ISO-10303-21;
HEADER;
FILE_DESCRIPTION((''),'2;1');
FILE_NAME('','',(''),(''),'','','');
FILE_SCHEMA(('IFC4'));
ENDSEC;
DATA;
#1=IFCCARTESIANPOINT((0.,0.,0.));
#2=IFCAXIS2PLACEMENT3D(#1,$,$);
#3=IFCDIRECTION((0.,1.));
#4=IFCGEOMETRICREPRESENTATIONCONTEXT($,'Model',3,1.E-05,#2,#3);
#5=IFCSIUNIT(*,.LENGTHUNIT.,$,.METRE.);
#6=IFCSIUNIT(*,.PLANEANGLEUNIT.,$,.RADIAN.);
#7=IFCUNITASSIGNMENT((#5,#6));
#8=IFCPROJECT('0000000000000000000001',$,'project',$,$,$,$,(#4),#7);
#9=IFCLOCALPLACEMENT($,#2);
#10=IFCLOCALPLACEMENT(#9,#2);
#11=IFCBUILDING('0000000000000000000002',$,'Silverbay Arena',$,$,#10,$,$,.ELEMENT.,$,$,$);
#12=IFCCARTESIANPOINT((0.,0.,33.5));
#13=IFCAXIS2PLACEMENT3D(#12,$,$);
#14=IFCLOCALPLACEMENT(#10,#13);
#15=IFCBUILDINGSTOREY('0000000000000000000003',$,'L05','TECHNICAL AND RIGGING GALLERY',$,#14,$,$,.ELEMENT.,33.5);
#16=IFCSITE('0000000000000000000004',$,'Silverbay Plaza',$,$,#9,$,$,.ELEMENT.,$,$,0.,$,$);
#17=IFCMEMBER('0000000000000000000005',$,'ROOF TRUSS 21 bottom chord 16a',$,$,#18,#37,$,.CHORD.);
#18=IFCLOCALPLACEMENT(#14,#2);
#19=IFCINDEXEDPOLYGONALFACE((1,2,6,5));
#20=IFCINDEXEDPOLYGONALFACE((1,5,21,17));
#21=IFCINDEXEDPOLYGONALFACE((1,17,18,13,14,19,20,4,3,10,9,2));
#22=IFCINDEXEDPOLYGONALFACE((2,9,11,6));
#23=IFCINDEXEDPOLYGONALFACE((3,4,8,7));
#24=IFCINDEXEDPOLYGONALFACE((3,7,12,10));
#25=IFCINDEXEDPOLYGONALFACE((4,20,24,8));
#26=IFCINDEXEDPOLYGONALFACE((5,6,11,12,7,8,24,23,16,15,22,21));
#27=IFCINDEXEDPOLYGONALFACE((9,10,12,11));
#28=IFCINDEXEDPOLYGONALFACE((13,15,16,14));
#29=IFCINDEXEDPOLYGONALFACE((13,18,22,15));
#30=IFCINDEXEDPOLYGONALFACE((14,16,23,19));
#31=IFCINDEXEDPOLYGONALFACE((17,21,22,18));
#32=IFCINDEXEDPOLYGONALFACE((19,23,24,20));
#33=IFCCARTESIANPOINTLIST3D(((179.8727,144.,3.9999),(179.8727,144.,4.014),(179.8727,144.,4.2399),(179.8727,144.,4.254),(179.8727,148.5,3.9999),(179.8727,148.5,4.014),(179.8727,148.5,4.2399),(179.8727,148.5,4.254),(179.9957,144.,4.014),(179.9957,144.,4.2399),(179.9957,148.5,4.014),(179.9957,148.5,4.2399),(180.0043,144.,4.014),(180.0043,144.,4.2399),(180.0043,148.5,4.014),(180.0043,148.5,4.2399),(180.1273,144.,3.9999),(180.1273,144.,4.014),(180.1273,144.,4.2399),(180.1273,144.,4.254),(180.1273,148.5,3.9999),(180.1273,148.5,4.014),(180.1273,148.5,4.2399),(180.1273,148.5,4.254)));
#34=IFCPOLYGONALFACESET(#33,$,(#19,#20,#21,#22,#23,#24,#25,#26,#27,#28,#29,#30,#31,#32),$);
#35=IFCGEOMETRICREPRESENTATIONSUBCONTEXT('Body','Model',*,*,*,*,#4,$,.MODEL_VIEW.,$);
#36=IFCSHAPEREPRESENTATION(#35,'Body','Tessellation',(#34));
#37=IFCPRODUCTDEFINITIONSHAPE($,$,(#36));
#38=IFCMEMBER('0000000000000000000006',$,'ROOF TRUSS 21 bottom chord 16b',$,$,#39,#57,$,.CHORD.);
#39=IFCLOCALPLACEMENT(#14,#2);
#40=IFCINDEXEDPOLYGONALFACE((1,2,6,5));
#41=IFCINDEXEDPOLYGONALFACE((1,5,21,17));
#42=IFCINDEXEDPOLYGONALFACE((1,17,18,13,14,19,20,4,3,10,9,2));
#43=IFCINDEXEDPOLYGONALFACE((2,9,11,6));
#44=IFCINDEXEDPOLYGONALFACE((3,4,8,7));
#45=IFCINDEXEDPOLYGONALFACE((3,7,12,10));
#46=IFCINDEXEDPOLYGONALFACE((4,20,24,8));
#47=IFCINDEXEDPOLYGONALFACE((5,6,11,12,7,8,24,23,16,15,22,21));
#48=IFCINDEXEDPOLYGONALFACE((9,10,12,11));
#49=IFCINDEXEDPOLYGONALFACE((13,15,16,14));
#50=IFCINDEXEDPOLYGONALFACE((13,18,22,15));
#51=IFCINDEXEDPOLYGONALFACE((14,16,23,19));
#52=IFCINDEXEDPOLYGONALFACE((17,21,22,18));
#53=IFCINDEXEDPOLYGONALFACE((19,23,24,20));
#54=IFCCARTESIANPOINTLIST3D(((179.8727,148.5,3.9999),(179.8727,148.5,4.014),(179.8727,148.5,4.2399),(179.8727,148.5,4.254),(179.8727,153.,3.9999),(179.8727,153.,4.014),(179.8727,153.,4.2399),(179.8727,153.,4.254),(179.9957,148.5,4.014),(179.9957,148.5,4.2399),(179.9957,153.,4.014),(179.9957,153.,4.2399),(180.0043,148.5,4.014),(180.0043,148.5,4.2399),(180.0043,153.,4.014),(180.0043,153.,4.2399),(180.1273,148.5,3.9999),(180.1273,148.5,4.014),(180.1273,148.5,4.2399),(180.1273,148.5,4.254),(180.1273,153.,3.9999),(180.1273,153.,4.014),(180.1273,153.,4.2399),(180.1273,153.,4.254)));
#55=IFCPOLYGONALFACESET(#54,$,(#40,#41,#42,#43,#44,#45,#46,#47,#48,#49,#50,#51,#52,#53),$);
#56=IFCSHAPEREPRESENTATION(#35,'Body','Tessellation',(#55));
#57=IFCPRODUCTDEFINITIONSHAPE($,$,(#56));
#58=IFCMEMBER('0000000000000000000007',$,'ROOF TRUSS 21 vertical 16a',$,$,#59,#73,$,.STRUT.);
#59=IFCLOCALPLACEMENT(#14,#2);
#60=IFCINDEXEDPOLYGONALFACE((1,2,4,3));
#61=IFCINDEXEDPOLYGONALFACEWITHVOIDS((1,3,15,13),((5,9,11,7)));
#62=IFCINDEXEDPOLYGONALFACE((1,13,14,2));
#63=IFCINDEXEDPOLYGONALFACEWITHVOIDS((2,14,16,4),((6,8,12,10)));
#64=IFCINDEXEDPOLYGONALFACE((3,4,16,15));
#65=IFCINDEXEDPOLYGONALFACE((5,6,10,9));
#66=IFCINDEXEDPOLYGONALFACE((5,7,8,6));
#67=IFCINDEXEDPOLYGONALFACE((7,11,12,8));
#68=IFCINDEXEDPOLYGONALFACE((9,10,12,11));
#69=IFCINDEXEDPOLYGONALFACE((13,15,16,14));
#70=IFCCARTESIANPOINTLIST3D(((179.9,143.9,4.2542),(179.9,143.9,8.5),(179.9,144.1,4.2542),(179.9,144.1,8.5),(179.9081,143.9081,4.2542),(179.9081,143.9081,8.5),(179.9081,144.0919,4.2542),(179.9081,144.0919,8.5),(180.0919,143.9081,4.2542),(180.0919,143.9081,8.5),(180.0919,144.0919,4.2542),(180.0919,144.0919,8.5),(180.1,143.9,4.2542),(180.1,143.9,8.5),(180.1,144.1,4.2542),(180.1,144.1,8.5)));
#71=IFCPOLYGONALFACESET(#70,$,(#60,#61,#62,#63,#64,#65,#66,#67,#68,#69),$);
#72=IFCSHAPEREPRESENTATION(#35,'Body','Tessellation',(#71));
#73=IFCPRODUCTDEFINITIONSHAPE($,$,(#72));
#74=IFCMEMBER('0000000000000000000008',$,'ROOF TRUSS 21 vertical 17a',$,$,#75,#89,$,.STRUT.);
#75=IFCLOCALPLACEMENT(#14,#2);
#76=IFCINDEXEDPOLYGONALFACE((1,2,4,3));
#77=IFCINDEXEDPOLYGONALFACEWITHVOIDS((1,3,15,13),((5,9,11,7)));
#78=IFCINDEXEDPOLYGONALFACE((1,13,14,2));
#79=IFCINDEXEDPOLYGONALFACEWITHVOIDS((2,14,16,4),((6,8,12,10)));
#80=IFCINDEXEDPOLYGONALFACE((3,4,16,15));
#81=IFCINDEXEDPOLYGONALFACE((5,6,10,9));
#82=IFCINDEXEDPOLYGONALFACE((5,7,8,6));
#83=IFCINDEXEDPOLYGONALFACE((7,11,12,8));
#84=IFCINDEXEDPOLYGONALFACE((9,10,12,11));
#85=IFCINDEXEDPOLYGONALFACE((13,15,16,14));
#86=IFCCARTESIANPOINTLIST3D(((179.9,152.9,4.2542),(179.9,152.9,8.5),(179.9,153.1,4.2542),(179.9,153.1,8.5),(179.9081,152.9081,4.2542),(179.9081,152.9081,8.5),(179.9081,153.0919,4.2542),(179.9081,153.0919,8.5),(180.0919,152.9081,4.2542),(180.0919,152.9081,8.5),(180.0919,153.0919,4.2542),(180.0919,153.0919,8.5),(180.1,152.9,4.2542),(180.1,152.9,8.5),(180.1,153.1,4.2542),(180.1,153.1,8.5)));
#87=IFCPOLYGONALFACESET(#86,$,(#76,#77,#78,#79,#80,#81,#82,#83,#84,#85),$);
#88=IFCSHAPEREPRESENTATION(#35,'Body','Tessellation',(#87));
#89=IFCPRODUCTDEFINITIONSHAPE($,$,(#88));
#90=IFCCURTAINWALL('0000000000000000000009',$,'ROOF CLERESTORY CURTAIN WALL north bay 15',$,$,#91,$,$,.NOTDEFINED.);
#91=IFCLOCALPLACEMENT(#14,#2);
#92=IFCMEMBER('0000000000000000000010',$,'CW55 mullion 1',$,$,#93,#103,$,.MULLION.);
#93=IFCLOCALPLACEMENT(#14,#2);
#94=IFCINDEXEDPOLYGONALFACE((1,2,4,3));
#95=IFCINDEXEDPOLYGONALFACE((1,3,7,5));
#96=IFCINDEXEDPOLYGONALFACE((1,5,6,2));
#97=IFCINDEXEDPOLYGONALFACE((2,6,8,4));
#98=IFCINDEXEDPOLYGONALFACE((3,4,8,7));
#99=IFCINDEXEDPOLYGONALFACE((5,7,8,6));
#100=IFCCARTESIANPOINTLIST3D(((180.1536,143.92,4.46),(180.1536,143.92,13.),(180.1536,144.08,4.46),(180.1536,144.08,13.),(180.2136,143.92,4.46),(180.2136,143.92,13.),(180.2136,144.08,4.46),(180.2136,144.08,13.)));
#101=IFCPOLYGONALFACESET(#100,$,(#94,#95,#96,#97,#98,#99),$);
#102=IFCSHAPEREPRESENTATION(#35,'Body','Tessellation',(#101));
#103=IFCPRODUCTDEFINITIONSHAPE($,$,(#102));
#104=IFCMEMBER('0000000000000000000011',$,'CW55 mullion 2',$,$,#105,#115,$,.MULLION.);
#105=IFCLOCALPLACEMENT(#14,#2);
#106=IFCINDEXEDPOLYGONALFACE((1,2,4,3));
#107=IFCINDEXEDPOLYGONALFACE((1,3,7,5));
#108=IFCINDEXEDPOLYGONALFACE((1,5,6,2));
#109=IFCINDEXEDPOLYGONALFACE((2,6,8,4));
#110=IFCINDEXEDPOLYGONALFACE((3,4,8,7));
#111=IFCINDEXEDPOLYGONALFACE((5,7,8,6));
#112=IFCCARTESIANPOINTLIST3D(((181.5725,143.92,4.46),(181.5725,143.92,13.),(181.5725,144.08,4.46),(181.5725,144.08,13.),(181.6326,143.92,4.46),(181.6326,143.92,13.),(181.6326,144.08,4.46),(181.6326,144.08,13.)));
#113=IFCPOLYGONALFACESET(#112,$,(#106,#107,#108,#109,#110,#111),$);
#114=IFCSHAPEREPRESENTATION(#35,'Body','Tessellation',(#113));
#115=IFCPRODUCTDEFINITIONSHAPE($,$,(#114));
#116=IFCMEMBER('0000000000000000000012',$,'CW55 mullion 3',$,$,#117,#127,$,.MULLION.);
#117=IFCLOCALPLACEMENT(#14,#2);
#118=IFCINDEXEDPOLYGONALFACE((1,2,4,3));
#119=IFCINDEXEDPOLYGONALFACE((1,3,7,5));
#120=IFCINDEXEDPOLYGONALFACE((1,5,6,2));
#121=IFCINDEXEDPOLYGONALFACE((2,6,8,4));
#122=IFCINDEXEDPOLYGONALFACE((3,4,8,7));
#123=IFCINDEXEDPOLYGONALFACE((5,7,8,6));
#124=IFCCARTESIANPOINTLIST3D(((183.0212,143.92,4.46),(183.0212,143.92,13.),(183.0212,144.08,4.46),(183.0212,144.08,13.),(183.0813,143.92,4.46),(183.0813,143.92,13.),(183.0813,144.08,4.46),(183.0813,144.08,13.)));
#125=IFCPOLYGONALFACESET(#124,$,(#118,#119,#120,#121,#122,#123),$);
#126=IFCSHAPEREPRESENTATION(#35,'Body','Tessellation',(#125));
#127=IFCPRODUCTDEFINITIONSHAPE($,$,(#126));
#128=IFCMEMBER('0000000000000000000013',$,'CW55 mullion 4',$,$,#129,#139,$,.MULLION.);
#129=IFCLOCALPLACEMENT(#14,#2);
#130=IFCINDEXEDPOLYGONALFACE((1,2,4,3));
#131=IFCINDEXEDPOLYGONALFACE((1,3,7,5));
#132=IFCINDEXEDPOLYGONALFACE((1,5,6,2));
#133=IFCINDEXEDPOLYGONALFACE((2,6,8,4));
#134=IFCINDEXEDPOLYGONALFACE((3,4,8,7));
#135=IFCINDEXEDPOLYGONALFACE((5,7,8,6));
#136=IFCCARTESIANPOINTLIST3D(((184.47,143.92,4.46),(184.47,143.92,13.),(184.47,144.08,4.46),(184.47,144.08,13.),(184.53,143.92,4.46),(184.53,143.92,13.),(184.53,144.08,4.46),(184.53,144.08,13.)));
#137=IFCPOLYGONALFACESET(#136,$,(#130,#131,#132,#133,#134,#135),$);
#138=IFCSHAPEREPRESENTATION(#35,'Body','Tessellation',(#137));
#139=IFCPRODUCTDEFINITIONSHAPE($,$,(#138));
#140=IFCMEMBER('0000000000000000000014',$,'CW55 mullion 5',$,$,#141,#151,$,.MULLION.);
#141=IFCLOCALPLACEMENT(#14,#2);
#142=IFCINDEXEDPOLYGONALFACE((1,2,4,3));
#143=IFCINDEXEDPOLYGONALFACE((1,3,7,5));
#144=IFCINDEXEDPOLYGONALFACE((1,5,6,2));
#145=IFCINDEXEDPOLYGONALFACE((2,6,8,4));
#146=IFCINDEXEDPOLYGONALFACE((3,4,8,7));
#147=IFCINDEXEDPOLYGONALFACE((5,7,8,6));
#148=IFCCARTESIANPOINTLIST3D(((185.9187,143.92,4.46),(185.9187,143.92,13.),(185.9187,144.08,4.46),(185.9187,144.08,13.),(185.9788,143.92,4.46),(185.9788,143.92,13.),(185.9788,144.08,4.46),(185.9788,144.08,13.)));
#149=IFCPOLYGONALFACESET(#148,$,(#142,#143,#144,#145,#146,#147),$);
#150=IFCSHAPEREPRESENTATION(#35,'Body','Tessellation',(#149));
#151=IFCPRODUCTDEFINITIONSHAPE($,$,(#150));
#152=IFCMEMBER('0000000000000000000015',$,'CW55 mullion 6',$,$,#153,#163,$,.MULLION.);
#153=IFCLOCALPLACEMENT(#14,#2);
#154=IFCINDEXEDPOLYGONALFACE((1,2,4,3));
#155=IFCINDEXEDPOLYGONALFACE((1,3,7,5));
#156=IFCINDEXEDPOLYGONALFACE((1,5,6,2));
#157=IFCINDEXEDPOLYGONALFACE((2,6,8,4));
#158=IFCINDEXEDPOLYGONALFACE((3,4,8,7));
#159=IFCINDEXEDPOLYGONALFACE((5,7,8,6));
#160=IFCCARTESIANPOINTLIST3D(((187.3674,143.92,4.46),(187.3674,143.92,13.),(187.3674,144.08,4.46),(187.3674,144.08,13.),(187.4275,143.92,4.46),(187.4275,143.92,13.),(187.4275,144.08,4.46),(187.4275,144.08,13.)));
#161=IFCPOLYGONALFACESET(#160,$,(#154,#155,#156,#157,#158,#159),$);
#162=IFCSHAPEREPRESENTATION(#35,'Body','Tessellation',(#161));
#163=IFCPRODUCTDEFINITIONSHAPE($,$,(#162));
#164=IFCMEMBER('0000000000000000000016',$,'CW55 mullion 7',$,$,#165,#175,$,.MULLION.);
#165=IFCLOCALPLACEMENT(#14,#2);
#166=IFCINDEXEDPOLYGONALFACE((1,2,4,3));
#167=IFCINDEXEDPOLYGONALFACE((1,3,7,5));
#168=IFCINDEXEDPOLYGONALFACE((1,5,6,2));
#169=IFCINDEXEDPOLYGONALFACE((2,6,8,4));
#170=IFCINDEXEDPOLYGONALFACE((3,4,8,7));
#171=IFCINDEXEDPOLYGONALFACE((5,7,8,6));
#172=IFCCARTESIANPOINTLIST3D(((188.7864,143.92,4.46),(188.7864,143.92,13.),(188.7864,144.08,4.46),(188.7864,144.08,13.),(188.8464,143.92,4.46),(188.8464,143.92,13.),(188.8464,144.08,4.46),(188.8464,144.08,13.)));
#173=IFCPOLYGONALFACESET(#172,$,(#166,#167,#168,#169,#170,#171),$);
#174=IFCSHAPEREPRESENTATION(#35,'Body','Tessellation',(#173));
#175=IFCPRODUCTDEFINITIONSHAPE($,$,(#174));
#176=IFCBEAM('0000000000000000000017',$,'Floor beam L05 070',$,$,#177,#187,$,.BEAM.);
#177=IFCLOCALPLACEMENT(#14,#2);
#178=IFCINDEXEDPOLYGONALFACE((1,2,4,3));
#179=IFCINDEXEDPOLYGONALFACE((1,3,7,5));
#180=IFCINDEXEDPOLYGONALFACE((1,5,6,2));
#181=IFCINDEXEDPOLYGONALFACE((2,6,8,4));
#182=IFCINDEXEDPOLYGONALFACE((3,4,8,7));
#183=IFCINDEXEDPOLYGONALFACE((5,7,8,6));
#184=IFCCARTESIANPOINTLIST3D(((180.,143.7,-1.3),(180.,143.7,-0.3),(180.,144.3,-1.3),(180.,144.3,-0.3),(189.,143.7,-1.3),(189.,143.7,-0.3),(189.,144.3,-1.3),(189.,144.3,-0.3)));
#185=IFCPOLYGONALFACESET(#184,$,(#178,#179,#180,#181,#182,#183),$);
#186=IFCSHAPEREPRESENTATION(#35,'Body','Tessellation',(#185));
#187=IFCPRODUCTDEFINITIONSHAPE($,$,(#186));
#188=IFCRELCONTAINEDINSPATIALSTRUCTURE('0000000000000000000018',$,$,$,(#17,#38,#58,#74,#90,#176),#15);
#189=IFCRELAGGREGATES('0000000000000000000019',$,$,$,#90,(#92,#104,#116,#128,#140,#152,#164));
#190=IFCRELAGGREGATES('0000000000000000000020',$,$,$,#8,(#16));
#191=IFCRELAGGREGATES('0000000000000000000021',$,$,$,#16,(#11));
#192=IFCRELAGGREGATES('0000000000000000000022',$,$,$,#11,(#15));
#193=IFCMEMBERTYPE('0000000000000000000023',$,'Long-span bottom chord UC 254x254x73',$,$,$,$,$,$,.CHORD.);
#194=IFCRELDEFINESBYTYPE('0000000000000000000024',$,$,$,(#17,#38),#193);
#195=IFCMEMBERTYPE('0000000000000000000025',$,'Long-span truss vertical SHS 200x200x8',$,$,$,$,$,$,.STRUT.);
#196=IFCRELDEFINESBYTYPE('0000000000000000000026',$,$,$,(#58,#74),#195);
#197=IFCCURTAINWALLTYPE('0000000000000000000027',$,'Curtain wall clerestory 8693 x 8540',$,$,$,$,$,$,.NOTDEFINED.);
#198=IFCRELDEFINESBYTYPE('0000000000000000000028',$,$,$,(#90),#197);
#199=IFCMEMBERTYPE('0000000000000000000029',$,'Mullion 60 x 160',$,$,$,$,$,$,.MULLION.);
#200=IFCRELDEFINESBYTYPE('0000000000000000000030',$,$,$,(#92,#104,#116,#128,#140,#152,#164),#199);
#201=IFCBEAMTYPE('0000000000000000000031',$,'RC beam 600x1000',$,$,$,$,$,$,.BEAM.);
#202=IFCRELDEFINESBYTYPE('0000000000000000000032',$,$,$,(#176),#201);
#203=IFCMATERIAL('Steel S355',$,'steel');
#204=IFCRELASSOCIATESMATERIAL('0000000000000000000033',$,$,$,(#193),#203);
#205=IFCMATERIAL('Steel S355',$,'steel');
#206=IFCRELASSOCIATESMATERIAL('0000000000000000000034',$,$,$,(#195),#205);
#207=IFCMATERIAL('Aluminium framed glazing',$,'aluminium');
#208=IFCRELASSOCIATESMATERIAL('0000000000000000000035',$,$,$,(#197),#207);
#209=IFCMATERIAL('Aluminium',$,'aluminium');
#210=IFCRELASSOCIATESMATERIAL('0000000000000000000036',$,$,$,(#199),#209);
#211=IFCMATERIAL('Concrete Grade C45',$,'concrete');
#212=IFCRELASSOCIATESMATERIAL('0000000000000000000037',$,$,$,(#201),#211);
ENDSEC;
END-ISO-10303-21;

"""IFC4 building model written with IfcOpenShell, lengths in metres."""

from ifc_helpers import new_model, si_unit, direction, frame, origin, origin_2d, place, context, subcontext, project, spatial, rectangle, hollow_rectangle, i_section, extrude, material, material_profile, profile_set, type_object, element, aggregate, save


model = new_model("IFC4")

# Units and contexts
model_context = context("Model", 3, precision=1e-05, world=origin(), true_north=direction((0.0, 1.0)))
body_context = subcontext(model_context, "Body", "Model", "MODEL_VIEW")
ifc_project = project(units=[si_unit("LENGTHUNIT", "METRE"), si_unit("PLANEANGLEUNIT", "RADIAN")], contexts=[model_context])

# Site, building, storey
site_placement = place(None, origin())
site = spatial("IfcSite", under=ifc_project, at=site_placement, Name="Silverbay Plaza", CompositionType="ELEMENT", RefElevation=0.0)
building_placement = place(site_placement, origin())
building = spatial("IfcBuilding", under=site, at=building_placement, Name="Silverbay Arena", CompositionType="ELEMENT")
storey_placement = place(building_placement, frame((0.0, 0.0, 33.5)))
storey = spatial("IfcBuildingStorey", under=building, at=storey_placement, Name="L05", Description="TECHNICAL AND RIGGING GALLERY", CompositionType="ELEMENT", Elevation=33.5)

# Members
ifc_material_1 = material(Name="Steel S355", Category="steel")
ifc_material_profile_1 = material_profile(ifc_material_1, i_section(OverallWidth=0.2546, OverallDepth=0.2542, WebThickness=0.0085, FlangeThickness=0.0142, at=origin_2d()), Name="UC 254x254x73")
ifc_profile_set_1 = profile_set([ifc_material_profile_1], Name="Steel S355")
member_type_1 = type_object("IfcMemberType", Name="Long-span bottom chord UC 254x254x73", PredefinedType="CHORD", material=ifc_profile_set_1)
for number, where, z_axis, x_axis, name in (
    (1, (180.0, 144.0, 4.127), (0.0, 1.0, 0.0), (-1.0, 0.0, 0.0), "ROOF TRUSS 21 bottom chord 16a"),
    (2, (180.0, 148.5, 4.127), (0.0, 1.0, 0.0), (-1.0, 0.0, 0.0), "ROOF TRUSS 21 bottom chord 16b"),
):
    element("IfcMember", number, at=place(storey_placement, frame(where, z_axis=z_axis, x_axis=x_axis)), inside=storey, type_object=member_type_1, Name=name, PredefinedType="CHORD", context=body_context, shape_type="SweptSolid", body=[
        extrude(i_section(OverallWidth=0.2546, OverallDepth=0.2542, WebThickness=0.0085, FlangeThickness=0.0142, at=origin_2d()), origin(), (0.0, 0.0, 1.0), 4.5),
    ])
ifc_material_2 = material(Name="Steel S355", Category="steel")
ifc_material_profile_2 = material_profile(ifc_material_2, hollow_rectangle(XDim=0.2, YDim=0.2, WallThickness=0.0081, at=origin_2d()), Name="SHS 200x200x8")
ifc_profile_set_2 = profile_set([ifc_material_profile_2], Name="Steel S355")
member_type_2 = type_object("IfcMemberType", Name="Long-span truss vertical SHS 200x200x8", PredefinedType="STRUT", material=ifc_profile_set_2)
for number, where, z_axis, x_axis, name in (
    (3, (180.0, 144.0, 4.2542), (0.0, 0.0, 1.0), (1.0, 0.0, 0.0), "ROOF TRUSS 21 vertical 16a"),
    (4, (180.0, 153.0, 4.2542), (0.0, 0.0, 1.0), (1.0, 0.0, 0.0), "ROOF TRUSS 21 vertical 17a"),
):
    element("IfcMember", number, at=place(storey_placement, frame(where, z_axis=z_axis, x_axis=x_axis)), inside=storey, type_object=member_type_2, Name=name, PredefinedType="STRUT", context=body_context, shape_type="SweptSolid", body=[
        extrude(hollow_rectangle(XDim=0.2, YDim=0.2, WallThickness=0.0081, at=origin_2d()), origin(), (0.0, 0.0, 1.0), 4.2458),
    ])

# Curtain wall, members
ifc_material_3 = material(Name="Aluminium framed glazing", Category="aluminium")
curtain_wall_type = type_object("IfcCurtainWallType", Name="Curtain wall clerestory 8693 x 8540", PredefinedType="NOTDEFINED", material=ifc_material_3)
curtain_wall_placement = place(storey_placement, origin())
curtain_wall = element("IfcCurtainWall", 5, at=curtain_wall_placement, inside=storey, type_object=curtain_wall_type, Name="ROOF CLERESTORY CURTAIN WALL north bay 15", PredefinedType="NOTDEFINED")
ifc_material_4 = material(Name="Aluminium", Category="aluminium")
ifc_material_profile_3 = material_profile(ifc_material_4, rectangle(XDim=0.1599, YDim=0.0601, at=origin_2d()), Name="Mullion 60 x 160")
ifc_profile_set_3 = profile_set([ifc_material_profile_3], Name="Aluminium")
member_type_3 = type_object("IfcMemberType", Name="Mullion 60 x 160", PredefinedType="MULLION", material=ifc_profile_set_3)
member_1_placement = place(storey_placement, frame((180.1836, 144.0, 4.46), z_axis=(0.0, 0.0, 1.0), x_axis=(0.0, 1.0, 0.0)))
member_1 = element("IfcMember", 6, at=member_1_placement, type_object=member_type_3, Name="CW55 mullion 1", PredefinedType="MULLION", context=body_context, shape_type="SweptSolid", body=[
    extrude(rectangle(XDim=0.1599, YDim=0.0601, at=origin_2d()), origin(), (0.0, 0.0, 1.0), 8.54),
])
member_2_placement = place(storey_placement, frame((181.6025, 144.0, 4.46), z_axis=(0.0, 0.0, 1.0), x_axis=(0.0, 1.0, 0.0)))
member_2 = element("IfcMember", 7, at=member_2_placement, type_object=member_type_3, Name="CW55 mullion 2", PredefinedType="MULLION", context=body_context, shape_type="SweptSolid", body=[
    extrude(rectangle(XDim=0.1599, YDim=0.0601, at=origin_2d()), origin(), (0.0, 0.0, 1.0), 8.54),
])
member_3_placement = place(storey_placement, frame((183.0513, 144.0, 4.46), z_axis=(0.0, 0.0, 1.0), x_axis=(0.0, 1.0, 0.0)))
member_3 = element("IfcMember", 8, at=member_3_placement, type_object=member_type_3, Name="CW55 mullion 3", PredefinedType="MULLION", context=body_context, shape_type="SweptSolid", body=[
    extrude(rectangle(XDim=0.1599, YDim=0.0601, at=origin_2d()), origin(), (0.0, 0.0, 1.0), 8.54),
])
member_4_placement = place(storey_placement, frame((184.5, 144.0, 4.46), z_axis=(0.0, 0.0, 1.0), x_axis=(0.0, 1.0, 0.0)))
member_4 = element("IfcMember", 9, at=member_4_placement, type_object=member_type_3, Name="CW55 mullion 4", PredefinedType="MULLION", context=body_context, shape_type="SweptSolid", body=[
    extrude(rectangle(XDim=0.1599, YDim=0.0601, at=origin_2d()), origin(), (0.0, 0.0, 1.0), 8.54),
])
member_5_placement = place(storey_placement, frame((185.9487, 144.0, 4.46), z_axis=(0.0, 0.0, 1.0), x_axis=(0.0, 1.0, 0.0)))
member_5 = element("IfcMember", 10, at=member_5_placement, type_object=member_type_3, Name="CW55 mullion 5", PredefinedType="MULLION", context=body_context, shape_type="SweptSolid", body=[
    extrude(rectangle(XDim=0.1599, YDim=0.0601, at=origin_2d()), origin(), (0.0, 0.0, 1.0), 8.54),
])
member_6_placement = place(storey_placement, frame((187.3975, 144.0, 4.46), z_axis=(0.0, 0.0, 1.0), x_axis=(0.0, 1.0, 0.0)))
member_6 = element("IfcMember", 11, at=member_6_placement, type_object=member_type_3, Name="CW55 mullion 6", PredefinedType="MULLION", context=body_context, shape_type="SweptSolid", body=[
    extrude(rectangle(XDim=0.1599, YDim=0.0601, at=origin_2d()), origin(), (0.0, 0.0, 1.0), 8.54),
])
member_7_placement = place(storey_placement, frame((188.8164, 144.0, 4.46), z_axis=(0.0, 0.0, 1.0), x_axis=(0.0, 1.0, 0.0)))
member_7 = element("IfcMember", 12, at=member_7_placement, type_object=member_type_3, Name="CW55 mullion 7", PredefinedType="MULLION", context=body_context, shape_type="SweptSolid", body=[
    extrude(rectangle(XDim=0.1599, YDim=0.0601, at=origin_2d()), origin(), (0.0, 0.0, 1.0), 8.54),
])

# Beam
ifc_material_5 = material(Name="Concrete Grade C45", Category="concrete")
ifc_material_profile_4 = material_profile(ifc_material_5, rectangle(XDim=0.6001, YDim=1.0, at=origin_2d()), Name="RC 600x1000")
ifc_profile_set_4 = profile_set([ifc_material_profile_4], Name="Concrete Grade C45")
beam_type_1 = type_object("IfcBeamType", Name="RC beam 600x1000", PredefinedType="BEAM", material=ifc_profile_set_4)
beam_1_placement = place(storey_placement, frame((180.0, 144.0, -0.8), z_axis=(1.0, 0.0, 0.0), x_axis=(0.0, 1.0, 0.0)))
element("IfcBeam", 13, at=beam_1_placement, inside=storey, type_object=beam_type_1, Name="Floor beam L05 070", PredefinedType="BEAM", context=body_context, shape_type="SweptSolid", body=[
    extrude(rectangle(XDim=0.6001, YDim=1.0, at=origin_2d()), origin(), (0.0, 0.0, 1.0), 9.0),
])

aggregate(curtain_wall, [member_1, member_2, member_3, member_4, member_5, member_6, member_7])

save(model, "model.ifc")
